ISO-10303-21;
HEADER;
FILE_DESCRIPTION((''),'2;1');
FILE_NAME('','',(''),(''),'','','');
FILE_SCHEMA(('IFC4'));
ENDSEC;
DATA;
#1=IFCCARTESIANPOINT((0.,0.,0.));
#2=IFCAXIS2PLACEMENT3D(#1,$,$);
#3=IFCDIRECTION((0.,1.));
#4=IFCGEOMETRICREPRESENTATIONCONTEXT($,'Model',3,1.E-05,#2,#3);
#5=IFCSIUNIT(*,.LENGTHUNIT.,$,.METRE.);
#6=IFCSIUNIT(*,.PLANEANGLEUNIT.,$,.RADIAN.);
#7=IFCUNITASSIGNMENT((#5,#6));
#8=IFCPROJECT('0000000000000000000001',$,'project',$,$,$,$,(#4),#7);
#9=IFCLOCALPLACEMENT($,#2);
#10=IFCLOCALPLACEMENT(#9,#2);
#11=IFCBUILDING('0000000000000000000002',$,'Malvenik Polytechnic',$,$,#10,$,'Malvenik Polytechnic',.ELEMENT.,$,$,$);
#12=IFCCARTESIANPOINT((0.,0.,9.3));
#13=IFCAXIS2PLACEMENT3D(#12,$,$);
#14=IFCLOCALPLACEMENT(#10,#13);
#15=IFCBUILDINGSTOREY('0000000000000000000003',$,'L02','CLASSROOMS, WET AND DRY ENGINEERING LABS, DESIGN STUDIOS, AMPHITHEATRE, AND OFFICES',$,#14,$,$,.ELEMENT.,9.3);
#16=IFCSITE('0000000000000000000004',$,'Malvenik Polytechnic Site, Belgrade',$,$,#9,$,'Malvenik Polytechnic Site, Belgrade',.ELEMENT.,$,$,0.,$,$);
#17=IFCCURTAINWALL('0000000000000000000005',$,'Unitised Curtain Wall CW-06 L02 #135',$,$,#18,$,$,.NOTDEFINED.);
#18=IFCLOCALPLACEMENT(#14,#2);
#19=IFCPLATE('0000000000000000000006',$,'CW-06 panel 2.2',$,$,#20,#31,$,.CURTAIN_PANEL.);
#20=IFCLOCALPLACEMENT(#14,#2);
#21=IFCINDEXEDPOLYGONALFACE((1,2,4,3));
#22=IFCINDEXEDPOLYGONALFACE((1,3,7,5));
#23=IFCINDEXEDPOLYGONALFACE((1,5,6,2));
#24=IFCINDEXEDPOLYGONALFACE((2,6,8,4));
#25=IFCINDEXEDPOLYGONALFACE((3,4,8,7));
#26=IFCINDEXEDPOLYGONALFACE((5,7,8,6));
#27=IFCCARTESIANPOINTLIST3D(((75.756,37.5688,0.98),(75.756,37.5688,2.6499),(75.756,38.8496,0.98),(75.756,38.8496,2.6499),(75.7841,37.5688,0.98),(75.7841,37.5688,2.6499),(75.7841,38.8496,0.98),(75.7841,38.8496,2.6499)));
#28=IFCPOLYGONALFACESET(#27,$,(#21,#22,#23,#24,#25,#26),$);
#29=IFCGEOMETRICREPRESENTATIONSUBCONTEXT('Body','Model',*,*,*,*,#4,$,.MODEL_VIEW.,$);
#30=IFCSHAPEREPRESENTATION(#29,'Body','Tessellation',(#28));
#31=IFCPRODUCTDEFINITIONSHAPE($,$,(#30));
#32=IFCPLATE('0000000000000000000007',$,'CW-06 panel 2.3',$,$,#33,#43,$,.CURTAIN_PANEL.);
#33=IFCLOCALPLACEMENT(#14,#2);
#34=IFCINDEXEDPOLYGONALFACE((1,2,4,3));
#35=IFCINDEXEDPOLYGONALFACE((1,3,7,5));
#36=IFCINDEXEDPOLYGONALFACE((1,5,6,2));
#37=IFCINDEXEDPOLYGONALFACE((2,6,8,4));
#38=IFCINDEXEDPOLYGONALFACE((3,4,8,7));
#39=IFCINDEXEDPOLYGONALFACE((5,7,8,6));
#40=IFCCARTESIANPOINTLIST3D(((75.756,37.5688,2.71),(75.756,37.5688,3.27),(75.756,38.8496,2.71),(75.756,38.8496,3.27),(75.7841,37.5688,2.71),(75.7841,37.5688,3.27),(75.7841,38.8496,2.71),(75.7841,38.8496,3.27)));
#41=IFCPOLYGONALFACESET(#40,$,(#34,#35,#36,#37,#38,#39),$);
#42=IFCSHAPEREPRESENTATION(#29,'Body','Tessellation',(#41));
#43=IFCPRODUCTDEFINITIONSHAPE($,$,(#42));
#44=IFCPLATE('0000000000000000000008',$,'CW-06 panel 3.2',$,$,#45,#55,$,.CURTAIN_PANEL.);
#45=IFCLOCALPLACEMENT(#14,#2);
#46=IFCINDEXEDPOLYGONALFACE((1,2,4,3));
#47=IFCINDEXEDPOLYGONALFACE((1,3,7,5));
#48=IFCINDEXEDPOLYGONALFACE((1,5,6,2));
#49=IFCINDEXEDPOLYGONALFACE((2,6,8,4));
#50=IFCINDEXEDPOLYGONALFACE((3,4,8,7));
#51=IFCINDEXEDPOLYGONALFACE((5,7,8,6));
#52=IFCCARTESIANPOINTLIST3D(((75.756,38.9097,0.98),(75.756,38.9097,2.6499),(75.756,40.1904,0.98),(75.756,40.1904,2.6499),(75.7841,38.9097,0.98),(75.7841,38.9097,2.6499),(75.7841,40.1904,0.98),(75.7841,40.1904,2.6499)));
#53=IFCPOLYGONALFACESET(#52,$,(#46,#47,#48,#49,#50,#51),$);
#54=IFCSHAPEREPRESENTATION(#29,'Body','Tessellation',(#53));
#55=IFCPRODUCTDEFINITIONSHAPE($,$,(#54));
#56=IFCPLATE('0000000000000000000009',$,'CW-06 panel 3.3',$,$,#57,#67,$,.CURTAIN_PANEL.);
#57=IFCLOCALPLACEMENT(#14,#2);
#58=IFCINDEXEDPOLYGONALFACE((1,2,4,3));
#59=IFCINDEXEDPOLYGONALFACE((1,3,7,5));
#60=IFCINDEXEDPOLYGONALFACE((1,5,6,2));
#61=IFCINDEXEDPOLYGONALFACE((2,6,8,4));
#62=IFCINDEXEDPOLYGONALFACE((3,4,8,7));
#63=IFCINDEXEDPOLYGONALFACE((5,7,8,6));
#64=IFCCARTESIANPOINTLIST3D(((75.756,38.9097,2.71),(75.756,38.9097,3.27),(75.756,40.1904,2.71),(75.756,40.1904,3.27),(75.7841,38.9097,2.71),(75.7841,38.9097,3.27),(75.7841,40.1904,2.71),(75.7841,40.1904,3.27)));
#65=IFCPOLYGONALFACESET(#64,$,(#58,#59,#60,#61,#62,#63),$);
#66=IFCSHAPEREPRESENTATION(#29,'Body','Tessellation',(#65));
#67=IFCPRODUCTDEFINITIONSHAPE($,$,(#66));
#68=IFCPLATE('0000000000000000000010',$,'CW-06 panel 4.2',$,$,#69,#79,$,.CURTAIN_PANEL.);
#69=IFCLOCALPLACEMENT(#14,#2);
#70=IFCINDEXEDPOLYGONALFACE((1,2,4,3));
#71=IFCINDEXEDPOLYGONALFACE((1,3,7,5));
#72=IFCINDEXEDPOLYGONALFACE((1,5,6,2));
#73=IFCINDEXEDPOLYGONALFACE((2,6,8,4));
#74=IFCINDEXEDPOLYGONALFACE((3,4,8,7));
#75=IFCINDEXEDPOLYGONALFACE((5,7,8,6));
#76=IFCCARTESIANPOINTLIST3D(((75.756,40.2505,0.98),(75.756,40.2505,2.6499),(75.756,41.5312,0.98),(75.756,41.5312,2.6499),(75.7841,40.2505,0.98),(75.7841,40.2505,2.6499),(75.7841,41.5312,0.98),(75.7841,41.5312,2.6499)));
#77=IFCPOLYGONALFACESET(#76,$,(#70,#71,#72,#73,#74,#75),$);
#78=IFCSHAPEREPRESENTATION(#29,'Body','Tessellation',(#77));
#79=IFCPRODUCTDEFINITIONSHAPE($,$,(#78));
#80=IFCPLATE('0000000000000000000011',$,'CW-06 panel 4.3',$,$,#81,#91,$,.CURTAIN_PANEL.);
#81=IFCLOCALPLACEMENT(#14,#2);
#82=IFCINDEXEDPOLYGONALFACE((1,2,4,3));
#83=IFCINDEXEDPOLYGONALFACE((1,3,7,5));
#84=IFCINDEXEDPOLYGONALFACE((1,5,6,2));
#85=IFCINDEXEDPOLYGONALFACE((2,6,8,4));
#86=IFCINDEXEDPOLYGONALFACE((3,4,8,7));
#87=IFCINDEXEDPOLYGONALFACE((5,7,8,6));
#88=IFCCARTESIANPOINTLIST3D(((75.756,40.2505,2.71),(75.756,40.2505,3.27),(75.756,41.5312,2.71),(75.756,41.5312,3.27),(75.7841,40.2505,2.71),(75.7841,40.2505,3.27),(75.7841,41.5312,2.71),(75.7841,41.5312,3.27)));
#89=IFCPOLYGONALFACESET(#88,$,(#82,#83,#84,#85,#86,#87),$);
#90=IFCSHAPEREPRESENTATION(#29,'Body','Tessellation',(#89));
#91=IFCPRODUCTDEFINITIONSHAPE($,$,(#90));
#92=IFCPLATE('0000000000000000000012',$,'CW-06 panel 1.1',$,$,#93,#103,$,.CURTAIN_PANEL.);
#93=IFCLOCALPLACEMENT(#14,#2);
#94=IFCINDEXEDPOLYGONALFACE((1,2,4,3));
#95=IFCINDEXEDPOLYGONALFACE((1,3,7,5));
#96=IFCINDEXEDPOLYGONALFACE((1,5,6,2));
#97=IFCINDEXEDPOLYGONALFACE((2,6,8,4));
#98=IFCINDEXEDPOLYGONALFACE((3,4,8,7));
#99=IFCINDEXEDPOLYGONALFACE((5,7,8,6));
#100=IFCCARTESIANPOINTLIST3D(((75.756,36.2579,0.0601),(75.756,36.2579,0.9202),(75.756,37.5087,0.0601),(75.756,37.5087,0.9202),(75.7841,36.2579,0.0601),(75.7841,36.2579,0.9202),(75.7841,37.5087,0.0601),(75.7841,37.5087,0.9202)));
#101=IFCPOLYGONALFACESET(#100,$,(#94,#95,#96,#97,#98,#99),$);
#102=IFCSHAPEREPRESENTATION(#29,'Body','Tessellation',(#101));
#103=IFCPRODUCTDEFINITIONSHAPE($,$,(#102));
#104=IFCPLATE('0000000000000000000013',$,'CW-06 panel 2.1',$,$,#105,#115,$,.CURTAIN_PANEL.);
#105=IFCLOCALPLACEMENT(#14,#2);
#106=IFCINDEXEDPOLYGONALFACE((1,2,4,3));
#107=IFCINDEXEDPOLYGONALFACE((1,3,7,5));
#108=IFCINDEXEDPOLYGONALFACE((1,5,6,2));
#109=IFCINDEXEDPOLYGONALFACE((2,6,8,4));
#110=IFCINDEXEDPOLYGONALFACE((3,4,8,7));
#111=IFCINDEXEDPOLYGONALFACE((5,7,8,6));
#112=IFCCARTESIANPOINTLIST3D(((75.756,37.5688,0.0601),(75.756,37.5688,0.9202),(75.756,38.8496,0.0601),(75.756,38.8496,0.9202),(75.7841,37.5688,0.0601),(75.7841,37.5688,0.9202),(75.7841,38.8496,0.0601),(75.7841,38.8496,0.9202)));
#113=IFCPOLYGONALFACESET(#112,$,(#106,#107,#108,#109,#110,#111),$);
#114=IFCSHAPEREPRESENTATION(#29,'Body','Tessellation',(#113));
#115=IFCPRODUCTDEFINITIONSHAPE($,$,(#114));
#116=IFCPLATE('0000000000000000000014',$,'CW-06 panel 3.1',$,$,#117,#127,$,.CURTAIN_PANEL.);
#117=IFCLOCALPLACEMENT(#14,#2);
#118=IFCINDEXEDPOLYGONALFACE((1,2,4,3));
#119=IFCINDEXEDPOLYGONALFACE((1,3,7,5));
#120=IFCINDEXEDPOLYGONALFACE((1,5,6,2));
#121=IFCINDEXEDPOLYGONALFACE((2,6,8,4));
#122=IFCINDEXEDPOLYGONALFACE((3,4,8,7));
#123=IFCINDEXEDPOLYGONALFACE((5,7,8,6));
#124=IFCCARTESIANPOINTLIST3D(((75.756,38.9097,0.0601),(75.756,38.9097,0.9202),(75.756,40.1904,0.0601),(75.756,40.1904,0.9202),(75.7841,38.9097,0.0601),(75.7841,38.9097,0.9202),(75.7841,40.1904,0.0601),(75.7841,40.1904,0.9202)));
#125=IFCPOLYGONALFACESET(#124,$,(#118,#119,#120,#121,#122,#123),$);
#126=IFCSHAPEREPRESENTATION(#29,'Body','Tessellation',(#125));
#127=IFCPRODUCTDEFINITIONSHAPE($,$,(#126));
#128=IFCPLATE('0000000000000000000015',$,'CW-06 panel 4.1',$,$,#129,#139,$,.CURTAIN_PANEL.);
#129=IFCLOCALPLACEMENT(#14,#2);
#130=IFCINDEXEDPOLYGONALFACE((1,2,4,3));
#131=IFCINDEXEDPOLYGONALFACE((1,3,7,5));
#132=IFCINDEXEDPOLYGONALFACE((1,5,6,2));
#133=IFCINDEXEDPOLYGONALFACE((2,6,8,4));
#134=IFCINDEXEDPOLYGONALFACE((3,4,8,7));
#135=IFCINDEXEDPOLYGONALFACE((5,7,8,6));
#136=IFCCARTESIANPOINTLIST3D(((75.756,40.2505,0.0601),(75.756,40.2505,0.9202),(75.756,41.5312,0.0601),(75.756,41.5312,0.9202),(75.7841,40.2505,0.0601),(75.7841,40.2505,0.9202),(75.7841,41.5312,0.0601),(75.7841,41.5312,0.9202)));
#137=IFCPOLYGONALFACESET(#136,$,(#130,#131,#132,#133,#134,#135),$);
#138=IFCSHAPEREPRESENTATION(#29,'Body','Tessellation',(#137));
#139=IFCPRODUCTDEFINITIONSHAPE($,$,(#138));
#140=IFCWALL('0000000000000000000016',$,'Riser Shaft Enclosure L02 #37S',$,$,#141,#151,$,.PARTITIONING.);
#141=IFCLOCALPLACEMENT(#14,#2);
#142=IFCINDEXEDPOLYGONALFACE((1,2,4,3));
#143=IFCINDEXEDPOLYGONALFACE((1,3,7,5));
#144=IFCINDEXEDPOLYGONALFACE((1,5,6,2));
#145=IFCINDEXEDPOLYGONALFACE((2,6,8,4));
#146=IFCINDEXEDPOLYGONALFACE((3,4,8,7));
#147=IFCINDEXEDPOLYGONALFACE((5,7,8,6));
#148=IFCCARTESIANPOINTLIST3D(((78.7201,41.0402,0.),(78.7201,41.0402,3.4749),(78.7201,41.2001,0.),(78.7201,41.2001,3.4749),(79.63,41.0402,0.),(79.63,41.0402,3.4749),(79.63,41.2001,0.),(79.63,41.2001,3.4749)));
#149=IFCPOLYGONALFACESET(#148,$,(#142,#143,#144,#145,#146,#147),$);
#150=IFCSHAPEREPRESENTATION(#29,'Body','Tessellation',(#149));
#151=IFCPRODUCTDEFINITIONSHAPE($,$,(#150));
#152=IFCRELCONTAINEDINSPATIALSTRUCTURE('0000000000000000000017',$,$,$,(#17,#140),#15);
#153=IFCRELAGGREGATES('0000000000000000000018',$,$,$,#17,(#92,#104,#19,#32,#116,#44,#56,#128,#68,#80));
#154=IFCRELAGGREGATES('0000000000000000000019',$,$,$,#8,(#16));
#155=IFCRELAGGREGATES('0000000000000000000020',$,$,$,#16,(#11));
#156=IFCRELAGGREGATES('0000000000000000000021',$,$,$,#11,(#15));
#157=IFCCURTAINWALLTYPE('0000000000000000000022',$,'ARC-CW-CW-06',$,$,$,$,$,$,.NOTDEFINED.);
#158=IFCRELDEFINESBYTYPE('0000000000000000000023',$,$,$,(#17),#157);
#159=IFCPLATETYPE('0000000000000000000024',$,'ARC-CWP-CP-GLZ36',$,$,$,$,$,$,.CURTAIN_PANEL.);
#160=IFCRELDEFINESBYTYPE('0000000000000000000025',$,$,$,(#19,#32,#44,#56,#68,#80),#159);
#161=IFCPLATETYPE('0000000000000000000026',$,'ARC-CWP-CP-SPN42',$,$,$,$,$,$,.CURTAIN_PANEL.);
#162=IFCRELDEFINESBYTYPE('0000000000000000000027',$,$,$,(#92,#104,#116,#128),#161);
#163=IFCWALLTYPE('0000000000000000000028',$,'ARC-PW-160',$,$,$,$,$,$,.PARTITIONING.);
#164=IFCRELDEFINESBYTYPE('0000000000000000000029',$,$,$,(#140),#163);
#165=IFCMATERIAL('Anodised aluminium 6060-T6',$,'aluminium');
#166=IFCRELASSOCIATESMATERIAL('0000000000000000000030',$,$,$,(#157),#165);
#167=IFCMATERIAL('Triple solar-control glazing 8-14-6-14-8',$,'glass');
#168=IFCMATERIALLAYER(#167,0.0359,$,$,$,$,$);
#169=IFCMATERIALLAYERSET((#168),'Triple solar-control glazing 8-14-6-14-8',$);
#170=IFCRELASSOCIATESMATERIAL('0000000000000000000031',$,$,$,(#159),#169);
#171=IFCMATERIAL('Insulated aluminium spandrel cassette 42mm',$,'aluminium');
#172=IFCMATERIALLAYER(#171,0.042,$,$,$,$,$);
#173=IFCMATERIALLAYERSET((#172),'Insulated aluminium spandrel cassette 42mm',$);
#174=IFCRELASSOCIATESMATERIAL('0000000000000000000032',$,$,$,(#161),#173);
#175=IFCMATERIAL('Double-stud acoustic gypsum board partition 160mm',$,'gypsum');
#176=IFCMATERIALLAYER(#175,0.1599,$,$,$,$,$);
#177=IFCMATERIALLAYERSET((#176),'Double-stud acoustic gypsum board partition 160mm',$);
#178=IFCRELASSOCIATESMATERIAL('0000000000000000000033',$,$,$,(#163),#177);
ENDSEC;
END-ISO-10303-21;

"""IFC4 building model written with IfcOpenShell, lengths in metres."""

from ifc_helpers import new_model, si_unit, direction, frame, frame_2d, origin, origin_2d, place, context, subcontext, project, spatial, rectangle, extrude, material, layer, layer_set, type_object, element, aggregate, save


model = new_model("IFC4")

# Units and contexts
model_context = context("Model", 3, precision=1e-05, world=origin(), true_north=direction((0.0, 1.0)))
body_context = subcontext(model_context, "Body", "Model", "MODEL_VIEW")
ifc_project = project(units=[si_unit("LENGTHUNIT", "METRE"), si_unit("PLANEANGLEUNIT", "RADIAN")], contexts=[model_context])

# Site, building, storey
site_placement = place(None, origin())
site = spatial("IfcSite", under=ifc_project, at=site_placement, Name="Malvenik Polytechnic Site, Belgrade", LongName="Malvenik Polytechnic Site, Belgrade", CompositionType="ELEMENT", RefElevation=0.0)
building_placement = place(site_placement, origin())
building = spatial("IfcBuilding", under=site, at=building_placement, Name="Malvenik Polytechnic", LongName="Malvenik Polytechnic", CompositionType="ELEMENT")
storey_placement = place(building_placement, frame((0.0, 0.0, 9.3)))
storey = spatial("IfcBuildingStorey", under=building, at=storey_placement, Name="L02", Description="CLASSROOMS, WET AND DRY ENGINEERING LABS, DESIGN STUDIOS, AMPHITHEATRE, AND OFFICES", CompositionType="ELEMENT", Elevation=9.3)

# Curtain wall
ifc_material_1 = material(Name="Anodised aluminium 6060-T6", Category="aluminium")
curtain_wall_type = type_object("IfcCurtainWallType", Name="ARC-CW-CW-06", PredefinedType="NOTDEFINED", material=ifc_material_1)
curtain_wall_placement = place(storey_placement, origin())
curtain_wall = element("IfcCurtainWall", 1, at=curtain_wall_placement, inside=storey, type_object=curtain_wall_type, Name="Unitised Curtain Wall CW-06 L02 #135", PredefinedType="NOTDEFINED")

# Plates
ifc_material_2 = material(Name="Triple solar-control glazing 8-14-6-14-8", Category="glass")
ifc_layer_1 = layer(ifc_material_2, 0.0359)
ifc_layer_set_1 = layer_set([ifc_layer_1], Name="Triple solar-control glazing 8-14-6-14-8")
plate_type_1 = type_object("IfcPlateType", Name="ARC-CWP-CP-GLZ36", PredefinedType="CURTAIN_PANEL", material=ifc_layer_set_1)
plate_1_placement = place(storey_placement, frame((75.77, 38.2092, 0.98), z_axis=(0.0, 0.0, 1.0), x_axis=(0.0, 1.0, 0.0)))
plate_1 = element("IfcPlate", 2, at=plate_1_placement, type_object=plate_type_1, Name="CW-06 panel 2.2", PredefinedType="CURTAIN_PANEL", context=body_context, shape_type="SweptSolid", body=[
    extrude(rectangle(XDim=1.2808, YDim=0.0281, at=origin_2d()), origin(), (0.0, 0.0, 1.0), 1.6699),
])
plate_2_placement = place(storey_placement, frame((75.77, 38.2092, 2.71), z_axis=(0.0, 0.0, 1.0), x_axis=(0.0, 1.0, 0.0)))
plate_2 = element("IfcPlate", 3, at=plate_2_placement, type_object=plate_type_1, Name="CW-06 panel 2.3", PredefinedType="CURTAIN_PANEL", context=body_context, shape_type="SweptSolid", body=[
    extrude(rectangle(XDim=1.2808, YDim=0.0281, at=origin_2d()), origin(), (0.0, 0.0, 1.0), 0.5601),
])
plate_3_placement = place(storey_placement, frame((75.77, 39.55, 0.98), z_axis=(0.0, 0.0, 1.0), x_axis=(0.0, 1.0, 0.0)))
plate_3 = element("IfcPlate", 4, at=plate_3_placement, type_object=plate_type_1, Name="CW-06 panel 3.2", PredefinedType="CURTAIN_PANEL", context=body_context, shape_type="SweptSolid", body=[
    extrude(rectangle(XDim=1.2808, YDim=0.0281, at=origin_2d()), origin(), (0.0, 0.0, 1.0), 1.6699),
])
plate_4_placement = place(storey_placement, frame((75.77, 39.55, 2.71), z_axis=(0.0, 0.0, 1.0), x_axis=(0.0, 1.0, 0.0)))
plate_4 = element("IfcPlate", 5, at=plate_4_placement, type_object=plate_type_1, Name="CW-06 panel 3.3", PredefinedType="CURTAIN_PANEL", context=body_context, shape_type="SweptSolid", body=[
    extrude(rectangle(XDim=1.2808, YDim=0.0281, at=origin_2d()), origin(), (0.0, 0.0, 1.0), 0.5601),
])
plate_5_placement = place(storey_placement, frame((75.77, 40.8909, 0.98), z_axis=(0.0, 0.0, 1.0), x_axis=(0.0, 1.0, 0.0)))
plate_5 = element("IfcPlate", 6, at=plate_5_placement, type_object=plate_type_1, Name="CW-06 panel 4.2", PredefinedType="CURTAIN_PANEL", context=body_context, shape_type="SweptSolid", body=[
    extrude(rectangle(XDim=1.2808, YDim=0.0281, at=origin_2d()), origin(), (0.0, 0.0, 1.0), 1.6699),
])
plate_6_placement = place(storey_placement, frame((75.77, 40.8909, 2.71), z_axis=(0.0, 0.0, 1.0), x_axis=(0.0, 1.0, 0.0)))
plate_6 = element("IfcPlate", 7, at=plate_6_placement, type_object=plate_type_1, Name="CW-06 panel 4.3", PredefinedType="CURTAIN_PANEL", context=body_context, shape_type="SweptSolid", body=[
    extrude(rectangle(XDim=1.2808, YDim=0.0281, at=origin_2d()), origin(), (0.0, 0.0, 1.0), 0.5601),
])
ifc_material_3 = material(Name="Insulated aluminium spandrel cassette 42mm", Category="aluminium")
ifc_layer_2 = layer(ifc_material_3, 0.042)
ifc_layer_set_2 = layer_set([ifc_layer_2], Name="Insulated aluminium spandrel cassette 42mm")
plate_type_2 = type_object("IfcPlateType", Name="ARC-CWP-CP-SPN42", PredefinedType="CURTAIN_PANEL", material=ifc_layer_set_2)
plate_7_placement = place(storey_placement, frame((75.77, 36.8833, 0.0601), z_axis=(0.0, 0.0, 1.0), x_axis=(0.0, 1.0, 0.0)))
plate_7 = element("IfcPlate", 8, at=plate_7_placement, type_object=plate_type_2, Name="CW-06 panel 1.1", PredefinedType="CURTAIN_PANEL", context=body_context, shape_type="SweptSolid", body=[
    extrude(rectangle(XDim=1.2507, YDim=0.0281, at=origin_2d()), origin(), (0.0, 0.0, 1.0), 0.8601),
])
plate_8_placement = place(storey_placement, frame((75.77, 38.2092, 0.0601), z_axis=(0.0, 0.0, 1.0), x_axis=(0.0, 1.0, 0.0)))
plate_8 = element("IfcPlate", 9, at=plate_8_placement, type_object=plate_type_2, Name="CW-06 panel 2.1", PredefinedType="CURTAIN_PANEL", context=body_context, shape_type="SweptSolid", body=[
    extrude(rectangle(XDim=1.2808, YDim=0.0281, at=origin_2d()), origin(), (0.0, 0.0, 1.0), 0.8601),
])
plate_9_placement = place(storey_placement, frame((75.77, 39.55, 0.0601), z_axis=(0.0, 0.0, 1.0), x_axis=(0.0, 1.0, 0.0)))
plate_9 = element("IfcPlate", 10, at=plate_9_placement, type_object=plate_type_2, Name="CW-06 panel 3.1", PredefinedType="CURTAIN_PANEL", context=body_context, shape_type="SweptSolid", body=[
    extrude(rectangle(XDim=1.2808, YDim=0.0281, at=origin_2d()), origin(), (0.0, 0.0, 1.0), 0.8601),
])
plate_10_placement = place(storey_placement, frame((75.77, 40.8909, 0.0601), z_axis=(0.0, 0.0, 1.0), x_axis=(0.0, 1.0, 0.0)))
plate_10 = element("IfcPlate", 11, at=plate_10_placement, type_object=plate_type_2, Name="CW-06 panel 4.1", PredefinedType="CURTAIN_PANEL", context=body_context, shape_type="SweptSolid", body=[
    extrude(rectangle(XDim=1.2808, YDim=0.0281, at=origin_2d()), origin(), (0.0, 0.0, 1.0), 0.8601),
])
aggregate(curtain_wall, [plate_7, plate_8, plate_1, plate_2, plate_9, plate_3, plate_4, plate_10, plate_5, plate_6])

# Wall
ifc_material_4 = material(Name="Double-stud acoustic gypsum board partition 160mm", Category="gypsum")
ifc_layer_3 = layer(ifc_material_4, 0.1599)
ifc_layer_set_3 = layer_set([ifc_layer_3], Name="Double-stud acoustic gypsum board partition 160mm")
wall_type = type_object("IfcWallType", Name="ARC-PW-160", PredefinedType="PARTITIONING", material=ifc_layer_set_3)
wall_placement = place(storey_placement, frame((78.72, 41.1201, 0.0), z_axis=(0.0, 0.0, 1.0), x_axis=(1.0, 0.0, 0.0)))
element("IfcWall", 12, at=wall_placement, inside=storey, type_object=wall_type, Name="Riser Shaft Enclosure L02 #37S", PredefinedType="PARTITIONING", context=body_context, shape_type="SweptSolid", body=[
    extrude(rectangle(XDim=0.9099, YDim=0.1599, at=frame_2d((0.4551, 0.0))), origin(), (0.0, 0.0, 1.0), 3.4749),
])

save(model, "model.ifc")
